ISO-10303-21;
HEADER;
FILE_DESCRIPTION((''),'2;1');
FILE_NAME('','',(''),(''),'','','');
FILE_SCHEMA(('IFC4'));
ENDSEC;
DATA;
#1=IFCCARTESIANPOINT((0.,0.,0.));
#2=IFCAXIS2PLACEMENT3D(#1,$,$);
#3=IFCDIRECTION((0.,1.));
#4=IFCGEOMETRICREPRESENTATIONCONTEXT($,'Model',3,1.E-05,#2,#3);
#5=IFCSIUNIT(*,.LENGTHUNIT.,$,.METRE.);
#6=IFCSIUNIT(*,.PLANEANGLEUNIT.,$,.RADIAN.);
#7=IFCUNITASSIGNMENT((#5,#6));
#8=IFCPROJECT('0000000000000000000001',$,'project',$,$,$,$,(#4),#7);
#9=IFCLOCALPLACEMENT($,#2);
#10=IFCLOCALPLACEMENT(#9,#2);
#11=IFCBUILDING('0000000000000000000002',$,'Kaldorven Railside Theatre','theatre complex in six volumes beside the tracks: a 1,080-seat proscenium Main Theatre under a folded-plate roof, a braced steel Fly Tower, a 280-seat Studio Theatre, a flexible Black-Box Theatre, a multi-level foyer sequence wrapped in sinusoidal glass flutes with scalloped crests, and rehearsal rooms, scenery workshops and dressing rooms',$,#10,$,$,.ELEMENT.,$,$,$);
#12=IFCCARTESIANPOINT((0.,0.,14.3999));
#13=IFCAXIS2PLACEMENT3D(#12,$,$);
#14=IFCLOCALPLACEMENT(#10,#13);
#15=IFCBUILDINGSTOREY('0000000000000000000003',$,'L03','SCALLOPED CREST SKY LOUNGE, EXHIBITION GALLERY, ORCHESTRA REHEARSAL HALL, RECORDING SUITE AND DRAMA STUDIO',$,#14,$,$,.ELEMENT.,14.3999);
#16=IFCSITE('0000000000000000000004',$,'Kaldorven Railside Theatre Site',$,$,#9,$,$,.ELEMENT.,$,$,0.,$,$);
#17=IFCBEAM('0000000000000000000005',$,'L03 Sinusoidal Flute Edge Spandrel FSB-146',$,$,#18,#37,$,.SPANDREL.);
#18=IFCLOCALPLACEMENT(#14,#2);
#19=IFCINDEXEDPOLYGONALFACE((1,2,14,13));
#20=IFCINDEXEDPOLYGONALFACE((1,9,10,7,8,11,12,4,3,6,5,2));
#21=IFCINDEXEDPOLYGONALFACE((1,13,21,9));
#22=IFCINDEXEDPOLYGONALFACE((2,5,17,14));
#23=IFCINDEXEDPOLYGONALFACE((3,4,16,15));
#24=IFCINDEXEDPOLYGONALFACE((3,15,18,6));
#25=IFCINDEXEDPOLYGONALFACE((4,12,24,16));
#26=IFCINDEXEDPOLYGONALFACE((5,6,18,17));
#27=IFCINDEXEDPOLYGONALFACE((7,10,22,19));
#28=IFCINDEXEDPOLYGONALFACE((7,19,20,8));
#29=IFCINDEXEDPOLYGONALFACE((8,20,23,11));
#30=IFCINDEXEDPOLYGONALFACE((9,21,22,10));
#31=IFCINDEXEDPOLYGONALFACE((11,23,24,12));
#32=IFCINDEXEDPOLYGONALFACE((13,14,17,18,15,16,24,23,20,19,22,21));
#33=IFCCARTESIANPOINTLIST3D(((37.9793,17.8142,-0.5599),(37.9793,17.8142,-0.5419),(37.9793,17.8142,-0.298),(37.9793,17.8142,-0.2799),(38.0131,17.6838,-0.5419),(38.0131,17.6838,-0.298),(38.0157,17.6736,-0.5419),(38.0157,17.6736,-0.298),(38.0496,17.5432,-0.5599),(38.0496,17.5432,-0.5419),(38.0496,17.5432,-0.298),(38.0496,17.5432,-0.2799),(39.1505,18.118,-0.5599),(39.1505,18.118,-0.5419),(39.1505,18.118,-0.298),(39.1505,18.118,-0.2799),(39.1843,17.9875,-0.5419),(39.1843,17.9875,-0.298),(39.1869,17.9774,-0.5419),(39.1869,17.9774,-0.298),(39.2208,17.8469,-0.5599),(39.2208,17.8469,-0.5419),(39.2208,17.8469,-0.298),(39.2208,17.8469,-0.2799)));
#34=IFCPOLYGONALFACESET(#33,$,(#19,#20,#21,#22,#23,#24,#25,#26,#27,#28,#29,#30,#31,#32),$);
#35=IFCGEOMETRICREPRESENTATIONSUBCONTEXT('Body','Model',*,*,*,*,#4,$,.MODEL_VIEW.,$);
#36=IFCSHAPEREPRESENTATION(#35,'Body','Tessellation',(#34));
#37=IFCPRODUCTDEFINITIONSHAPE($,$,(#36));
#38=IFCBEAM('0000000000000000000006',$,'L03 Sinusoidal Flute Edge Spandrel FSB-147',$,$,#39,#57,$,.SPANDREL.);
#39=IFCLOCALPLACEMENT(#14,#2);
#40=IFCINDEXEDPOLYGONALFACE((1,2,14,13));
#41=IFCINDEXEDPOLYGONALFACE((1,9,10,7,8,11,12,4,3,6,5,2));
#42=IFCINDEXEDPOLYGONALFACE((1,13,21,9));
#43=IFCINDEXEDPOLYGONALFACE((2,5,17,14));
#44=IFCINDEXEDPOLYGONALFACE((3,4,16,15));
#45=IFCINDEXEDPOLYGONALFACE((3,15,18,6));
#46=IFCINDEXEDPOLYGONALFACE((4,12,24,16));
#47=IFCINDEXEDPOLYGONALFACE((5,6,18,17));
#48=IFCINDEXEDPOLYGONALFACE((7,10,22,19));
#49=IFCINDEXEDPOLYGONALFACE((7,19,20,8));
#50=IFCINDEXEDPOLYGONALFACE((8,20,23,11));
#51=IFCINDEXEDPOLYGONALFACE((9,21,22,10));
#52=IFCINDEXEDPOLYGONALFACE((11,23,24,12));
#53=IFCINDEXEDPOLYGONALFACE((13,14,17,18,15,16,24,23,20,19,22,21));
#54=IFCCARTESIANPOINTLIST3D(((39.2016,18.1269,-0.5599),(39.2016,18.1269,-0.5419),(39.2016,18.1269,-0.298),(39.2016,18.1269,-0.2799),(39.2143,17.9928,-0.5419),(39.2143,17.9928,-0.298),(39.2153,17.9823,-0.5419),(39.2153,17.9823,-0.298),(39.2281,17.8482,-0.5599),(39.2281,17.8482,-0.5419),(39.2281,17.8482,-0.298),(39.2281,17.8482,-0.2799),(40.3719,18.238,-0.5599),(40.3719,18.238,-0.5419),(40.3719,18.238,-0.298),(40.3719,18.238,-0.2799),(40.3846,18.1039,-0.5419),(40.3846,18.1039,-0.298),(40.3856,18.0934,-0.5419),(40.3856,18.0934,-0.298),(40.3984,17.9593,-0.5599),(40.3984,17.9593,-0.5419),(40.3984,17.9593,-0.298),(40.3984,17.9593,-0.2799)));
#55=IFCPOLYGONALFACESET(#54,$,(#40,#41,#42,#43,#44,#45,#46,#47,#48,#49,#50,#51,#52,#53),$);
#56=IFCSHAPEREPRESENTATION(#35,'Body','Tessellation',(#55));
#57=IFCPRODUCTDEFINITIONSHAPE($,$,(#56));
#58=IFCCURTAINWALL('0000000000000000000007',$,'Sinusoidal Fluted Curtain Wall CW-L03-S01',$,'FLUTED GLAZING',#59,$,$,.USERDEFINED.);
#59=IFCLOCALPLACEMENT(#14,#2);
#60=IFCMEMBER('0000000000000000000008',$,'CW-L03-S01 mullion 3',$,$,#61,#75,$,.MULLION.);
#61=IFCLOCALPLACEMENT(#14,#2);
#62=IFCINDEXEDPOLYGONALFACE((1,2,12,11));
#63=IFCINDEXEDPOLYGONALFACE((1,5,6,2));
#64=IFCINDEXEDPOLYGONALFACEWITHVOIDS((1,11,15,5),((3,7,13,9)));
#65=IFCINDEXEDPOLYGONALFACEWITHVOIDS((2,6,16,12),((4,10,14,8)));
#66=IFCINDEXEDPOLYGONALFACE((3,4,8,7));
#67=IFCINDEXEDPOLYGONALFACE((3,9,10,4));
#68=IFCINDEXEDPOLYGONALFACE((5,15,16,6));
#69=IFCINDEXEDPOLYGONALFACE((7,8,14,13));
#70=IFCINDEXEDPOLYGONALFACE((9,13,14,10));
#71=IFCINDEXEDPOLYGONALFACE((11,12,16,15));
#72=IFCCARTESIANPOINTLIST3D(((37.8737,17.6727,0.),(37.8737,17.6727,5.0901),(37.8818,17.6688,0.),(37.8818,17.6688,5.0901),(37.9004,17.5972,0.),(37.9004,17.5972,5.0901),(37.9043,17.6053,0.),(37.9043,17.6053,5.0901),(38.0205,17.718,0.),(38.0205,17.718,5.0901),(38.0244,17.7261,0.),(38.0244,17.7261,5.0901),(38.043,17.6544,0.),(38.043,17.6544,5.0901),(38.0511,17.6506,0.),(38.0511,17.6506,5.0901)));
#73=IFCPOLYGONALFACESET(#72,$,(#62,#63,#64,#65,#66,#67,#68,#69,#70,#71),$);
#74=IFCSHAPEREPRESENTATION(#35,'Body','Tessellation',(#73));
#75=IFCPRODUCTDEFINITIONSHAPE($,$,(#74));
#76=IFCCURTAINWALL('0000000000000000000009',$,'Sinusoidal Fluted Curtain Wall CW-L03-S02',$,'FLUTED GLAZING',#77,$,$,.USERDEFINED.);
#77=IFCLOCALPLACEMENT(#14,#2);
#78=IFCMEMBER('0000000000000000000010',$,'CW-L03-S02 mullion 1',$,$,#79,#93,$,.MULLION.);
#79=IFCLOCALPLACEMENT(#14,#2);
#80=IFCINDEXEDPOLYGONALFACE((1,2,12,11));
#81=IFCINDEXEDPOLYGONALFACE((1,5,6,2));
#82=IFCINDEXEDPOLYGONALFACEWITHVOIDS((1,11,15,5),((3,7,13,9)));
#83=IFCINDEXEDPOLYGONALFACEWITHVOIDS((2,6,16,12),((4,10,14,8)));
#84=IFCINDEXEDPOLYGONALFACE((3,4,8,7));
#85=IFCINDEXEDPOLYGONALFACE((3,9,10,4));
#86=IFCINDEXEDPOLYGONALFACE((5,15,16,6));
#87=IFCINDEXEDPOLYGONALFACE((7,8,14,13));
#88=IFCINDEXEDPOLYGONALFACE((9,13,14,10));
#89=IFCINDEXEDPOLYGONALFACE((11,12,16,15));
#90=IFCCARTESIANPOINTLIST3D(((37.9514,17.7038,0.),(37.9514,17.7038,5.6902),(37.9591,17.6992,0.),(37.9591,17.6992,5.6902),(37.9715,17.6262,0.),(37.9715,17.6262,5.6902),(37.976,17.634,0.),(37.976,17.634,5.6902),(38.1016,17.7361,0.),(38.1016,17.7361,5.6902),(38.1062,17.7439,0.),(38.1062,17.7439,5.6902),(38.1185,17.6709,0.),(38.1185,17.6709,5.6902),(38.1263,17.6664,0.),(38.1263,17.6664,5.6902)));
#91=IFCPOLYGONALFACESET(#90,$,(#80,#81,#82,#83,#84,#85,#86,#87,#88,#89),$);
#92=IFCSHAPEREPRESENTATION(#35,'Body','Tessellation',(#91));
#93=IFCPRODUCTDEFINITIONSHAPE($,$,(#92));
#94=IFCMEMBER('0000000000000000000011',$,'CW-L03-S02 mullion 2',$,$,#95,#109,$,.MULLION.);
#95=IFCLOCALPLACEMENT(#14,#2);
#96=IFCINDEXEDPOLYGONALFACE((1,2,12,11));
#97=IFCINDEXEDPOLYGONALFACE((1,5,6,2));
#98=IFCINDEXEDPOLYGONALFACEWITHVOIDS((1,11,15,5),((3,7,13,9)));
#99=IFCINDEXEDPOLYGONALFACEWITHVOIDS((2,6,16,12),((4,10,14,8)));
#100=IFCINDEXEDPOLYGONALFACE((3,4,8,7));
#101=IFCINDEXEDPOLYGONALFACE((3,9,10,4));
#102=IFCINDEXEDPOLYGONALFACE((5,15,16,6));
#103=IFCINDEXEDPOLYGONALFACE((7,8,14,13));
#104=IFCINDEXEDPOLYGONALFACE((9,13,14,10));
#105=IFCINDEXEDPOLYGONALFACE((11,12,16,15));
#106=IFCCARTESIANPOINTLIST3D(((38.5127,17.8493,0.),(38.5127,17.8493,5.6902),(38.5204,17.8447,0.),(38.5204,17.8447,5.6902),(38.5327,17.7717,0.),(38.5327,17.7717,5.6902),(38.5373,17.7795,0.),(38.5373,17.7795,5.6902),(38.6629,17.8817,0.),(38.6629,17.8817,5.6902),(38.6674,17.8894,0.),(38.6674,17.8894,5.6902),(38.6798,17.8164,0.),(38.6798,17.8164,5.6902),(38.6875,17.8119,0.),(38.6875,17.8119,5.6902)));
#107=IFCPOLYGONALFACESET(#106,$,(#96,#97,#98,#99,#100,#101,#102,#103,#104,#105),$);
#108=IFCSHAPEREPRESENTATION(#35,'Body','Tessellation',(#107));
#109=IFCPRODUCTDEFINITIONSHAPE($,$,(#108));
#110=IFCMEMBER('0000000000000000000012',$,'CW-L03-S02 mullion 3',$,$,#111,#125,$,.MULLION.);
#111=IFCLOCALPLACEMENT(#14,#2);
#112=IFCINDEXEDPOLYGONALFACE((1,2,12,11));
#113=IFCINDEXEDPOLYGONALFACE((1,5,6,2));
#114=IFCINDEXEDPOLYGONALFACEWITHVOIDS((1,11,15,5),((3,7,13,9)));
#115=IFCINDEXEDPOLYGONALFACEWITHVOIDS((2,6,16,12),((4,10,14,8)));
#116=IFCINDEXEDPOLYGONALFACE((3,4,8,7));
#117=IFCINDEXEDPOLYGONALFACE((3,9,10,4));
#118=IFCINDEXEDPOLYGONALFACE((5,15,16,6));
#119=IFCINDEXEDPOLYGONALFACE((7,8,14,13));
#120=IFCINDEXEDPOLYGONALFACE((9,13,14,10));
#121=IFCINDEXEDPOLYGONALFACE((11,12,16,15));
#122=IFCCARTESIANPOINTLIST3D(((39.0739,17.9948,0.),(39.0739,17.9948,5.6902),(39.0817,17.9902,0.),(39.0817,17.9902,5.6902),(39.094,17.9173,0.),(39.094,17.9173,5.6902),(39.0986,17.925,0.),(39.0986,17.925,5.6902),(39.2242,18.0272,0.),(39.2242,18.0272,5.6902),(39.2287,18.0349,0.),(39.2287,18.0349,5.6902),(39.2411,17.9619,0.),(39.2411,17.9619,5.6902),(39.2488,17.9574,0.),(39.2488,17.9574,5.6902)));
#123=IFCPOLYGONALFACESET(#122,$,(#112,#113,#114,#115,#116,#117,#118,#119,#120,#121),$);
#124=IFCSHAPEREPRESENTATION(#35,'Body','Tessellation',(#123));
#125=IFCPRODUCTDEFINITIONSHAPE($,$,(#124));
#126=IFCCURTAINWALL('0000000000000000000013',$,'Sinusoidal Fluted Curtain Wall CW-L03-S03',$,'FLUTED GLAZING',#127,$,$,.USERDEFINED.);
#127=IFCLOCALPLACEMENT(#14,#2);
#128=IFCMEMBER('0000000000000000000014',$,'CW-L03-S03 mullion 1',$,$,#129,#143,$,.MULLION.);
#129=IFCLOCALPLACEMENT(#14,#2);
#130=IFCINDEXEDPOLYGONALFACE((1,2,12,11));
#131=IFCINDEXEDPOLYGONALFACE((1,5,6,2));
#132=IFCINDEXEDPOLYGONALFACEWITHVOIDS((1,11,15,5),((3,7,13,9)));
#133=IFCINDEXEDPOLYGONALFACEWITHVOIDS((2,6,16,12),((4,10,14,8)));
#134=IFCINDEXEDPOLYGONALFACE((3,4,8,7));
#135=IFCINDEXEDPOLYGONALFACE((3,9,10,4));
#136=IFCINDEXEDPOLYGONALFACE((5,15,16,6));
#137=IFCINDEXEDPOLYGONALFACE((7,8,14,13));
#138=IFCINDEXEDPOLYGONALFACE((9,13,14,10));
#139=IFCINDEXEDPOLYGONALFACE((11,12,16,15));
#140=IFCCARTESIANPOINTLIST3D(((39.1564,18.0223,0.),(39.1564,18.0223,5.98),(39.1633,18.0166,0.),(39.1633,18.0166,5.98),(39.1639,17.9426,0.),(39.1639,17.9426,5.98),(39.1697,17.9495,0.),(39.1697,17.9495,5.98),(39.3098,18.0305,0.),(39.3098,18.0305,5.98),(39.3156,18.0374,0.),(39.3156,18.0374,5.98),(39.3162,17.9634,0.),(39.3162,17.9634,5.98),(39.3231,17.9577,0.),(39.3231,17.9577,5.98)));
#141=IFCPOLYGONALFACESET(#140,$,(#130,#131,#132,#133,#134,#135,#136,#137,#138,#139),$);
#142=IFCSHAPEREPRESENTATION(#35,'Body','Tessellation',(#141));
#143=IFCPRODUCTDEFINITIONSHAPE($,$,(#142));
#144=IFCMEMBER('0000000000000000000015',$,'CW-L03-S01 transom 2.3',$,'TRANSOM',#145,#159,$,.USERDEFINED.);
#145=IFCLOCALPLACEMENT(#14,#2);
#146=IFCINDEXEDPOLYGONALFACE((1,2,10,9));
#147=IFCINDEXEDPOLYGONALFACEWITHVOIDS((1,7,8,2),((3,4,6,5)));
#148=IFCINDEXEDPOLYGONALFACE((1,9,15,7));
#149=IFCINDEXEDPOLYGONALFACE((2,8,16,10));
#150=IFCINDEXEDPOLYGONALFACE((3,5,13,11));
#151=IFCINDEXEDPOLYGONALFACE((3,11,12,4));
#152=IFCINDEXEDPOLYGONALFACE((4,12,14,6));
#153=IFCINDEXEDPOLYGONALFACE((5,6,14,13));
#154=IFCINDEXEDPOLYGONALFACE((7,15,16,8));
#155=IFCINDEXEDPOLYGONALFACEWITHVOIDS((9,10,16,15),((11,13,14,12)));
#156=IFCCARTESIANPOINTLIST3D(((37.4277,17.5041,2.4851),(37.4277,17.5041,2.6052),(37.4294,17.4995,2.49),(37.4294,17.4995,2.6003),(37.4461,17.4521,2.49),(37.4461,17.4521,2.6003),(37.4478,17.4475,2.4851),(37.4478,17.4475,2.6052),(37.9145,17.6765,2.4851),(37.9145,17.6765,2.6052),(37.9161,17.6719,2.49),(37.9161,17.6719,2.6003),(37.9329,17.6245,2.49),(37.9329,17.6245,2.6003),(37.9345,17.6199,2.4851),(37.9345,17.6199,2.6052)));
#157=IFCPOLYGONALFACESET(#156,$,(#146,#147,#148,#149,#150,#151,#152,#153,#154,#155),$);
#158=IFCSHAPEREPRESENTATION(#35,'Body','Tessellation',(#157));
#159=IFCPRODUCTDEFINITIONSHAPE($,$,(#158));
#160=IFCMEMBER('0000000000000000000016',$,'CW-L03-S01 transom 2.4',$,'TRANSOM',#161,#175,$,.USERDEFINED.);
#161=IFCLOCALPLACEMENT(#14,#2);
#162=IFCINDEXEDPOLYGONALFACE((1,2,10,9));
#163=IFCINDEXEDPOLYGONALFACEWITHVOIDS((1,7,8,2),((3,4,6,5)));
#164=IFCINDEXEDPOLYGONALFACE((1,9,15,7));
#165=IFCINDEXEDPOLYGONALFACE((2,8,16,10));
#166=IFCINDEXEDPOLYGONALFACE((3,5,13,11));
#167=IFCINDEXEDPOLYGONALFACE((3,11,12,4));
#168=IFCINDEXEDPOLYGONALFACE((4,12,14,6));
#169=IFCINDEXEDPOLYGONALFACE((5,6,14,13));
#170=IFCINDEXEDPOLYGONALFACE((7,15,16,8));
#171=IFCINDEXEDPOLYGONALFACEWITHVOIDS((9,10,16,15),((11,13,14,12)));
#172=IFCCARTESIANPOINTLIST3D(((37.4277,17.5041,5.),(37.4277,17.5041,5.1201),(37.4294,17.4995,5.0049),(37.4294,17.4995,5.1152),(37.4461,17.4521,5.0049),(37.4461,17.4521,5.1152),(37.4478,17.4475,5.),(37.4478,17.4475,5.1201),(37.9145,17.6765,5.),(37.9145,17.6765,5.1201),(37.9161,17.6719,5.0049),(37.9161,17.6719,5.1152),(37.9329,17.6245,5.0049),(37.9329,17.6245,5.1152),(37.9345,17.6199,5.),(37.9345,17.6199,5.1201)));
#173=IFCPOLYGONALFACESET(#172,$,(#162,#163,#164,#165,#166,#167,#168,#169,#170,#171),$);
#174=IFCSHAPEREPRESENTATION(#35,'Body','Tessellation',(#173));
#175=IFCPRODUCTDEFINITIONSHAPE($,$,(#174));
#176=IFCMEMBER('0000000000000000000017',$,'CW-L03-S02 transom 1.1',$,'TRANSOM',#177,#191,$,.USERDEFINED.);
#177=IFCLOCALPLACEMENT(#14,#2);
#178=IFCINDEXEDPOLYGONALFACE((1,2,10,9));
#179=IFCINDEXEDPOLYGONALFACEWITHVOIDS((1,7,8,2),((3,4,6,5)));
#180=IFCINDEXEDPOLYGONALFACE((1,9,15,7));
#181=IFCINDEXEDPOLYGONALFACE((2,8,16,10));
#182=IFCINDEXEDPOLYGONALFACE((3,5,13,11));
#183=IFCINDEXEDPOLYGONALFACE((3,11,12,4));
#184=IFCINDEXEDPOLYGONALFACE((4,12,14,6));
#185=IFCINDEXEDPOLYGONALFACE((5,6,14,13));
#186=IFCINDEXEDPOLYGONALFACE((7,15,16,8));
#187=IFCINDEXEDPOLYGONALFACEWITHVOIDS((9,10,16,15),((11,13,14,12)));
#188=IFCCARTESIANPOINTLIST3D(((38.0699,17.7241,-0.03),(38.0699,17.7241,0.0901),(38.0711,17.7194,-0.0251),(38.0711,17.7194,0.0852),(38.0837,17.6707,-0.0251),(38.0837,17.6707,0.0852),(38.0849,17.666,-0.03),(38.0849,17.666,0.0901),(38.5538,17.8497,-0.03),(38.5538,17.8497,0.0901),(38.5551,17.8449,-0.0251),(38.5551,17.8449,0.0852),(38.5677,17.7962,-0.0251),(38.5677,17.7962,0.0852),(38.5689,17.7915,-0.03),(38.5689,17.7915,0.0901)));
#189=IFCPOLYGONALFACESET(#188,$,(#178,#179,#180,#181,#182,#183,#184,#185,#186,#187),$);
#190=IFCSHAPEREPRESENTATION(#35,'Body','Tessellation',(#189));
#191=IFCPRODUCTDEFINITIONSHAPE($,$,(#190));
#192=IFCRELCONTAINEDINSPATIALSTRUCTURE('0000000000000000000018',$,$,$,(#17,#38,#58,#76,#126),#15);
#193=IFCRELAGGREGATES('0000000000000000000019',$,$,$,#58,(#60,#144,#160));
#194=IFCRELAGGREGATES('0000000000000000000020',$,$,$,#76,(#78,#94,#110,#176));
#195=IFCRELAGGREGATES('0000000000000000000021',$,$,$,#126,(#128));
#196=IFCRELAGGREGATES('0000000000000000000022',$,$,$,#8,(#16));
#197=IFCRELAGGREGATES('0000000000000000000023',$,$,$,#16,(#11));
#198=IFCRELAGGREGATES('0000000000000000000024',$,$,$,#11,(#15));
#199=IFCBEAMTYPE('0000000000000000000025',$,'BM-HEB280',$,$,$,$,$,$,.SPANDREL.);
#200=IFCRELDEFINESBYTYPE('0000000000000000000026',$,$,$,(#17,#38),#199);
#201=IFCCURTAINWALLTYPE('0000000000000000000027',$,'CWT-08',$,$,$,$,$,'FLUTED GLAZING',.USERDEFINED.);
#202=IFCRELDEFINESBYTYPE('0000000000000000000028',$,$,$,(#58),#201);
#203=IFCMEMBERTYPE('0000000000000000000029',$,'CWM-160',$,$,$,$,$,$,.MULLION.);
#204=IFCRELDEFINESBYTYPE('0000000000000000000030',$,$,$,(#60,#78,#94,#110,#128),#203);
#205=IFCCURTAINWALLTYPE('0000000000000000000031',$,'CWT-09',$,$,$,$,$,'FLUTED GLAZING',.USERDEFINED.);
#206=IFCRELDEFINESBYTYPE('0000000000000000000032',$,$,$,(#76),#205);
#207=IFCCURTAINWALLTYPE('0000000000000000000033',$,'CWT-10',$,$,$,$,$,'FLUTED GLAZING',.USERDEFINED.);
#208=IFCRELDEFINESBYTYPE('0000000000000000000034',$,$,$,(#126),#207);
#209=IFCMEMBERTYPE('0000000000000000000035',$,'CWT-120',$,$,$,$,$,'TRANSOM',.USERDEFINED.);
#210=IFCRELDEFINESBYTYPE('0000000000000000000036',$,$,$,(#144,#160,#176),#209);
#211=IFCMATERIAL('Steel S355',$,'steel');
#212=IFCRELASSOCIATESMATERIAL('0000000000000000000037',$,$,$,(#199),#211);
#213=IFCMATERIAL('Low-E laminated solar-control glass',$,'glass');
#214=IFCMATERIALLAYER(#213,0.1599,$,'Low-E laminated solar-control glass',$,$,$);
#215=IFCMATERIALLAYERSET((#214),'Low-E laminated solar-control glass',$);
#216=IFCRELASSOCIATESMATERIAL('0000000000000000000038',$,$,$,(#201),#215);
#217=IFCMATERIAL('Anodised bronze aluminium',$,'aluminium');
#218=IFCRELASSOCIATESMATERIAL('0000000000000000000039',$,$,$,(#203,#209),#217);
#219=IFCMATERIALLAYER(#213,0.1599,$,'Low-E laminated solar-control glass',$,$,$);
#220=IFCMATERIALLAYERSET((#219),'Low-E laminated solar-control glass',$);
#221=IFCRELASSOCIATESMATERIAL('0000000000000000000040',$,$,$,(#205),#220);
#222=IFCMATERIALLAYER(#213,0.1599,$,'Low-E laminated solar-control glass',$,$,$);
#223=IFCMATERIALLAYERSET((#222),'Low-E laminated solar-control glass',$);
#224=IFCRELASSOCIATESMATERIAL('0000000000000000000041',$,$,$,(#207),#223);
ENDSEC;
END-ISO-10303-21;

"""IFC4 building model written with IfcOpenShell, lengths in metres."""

from ifc_helpers import new_model, si_unit, direction, frame, origin, origin_2d, place, context, subcontext, project, spatial, hollow_rectangle, i_section, extrude, material, layer, layer_set, material_profile, profile_set, type_object, element, aggregate, save


model = new_model("IFC4")

# Units and contexts
model_context = context("Model", 3, precision=1e-05, world=origin(), true_north=direction((0.0, 1.0)))
body_context = subcontext(model_context, "Body", "Model", "MODEL_VIEW")
ifc_project = project(units=[si_unit("LENGTHUNIT", "METRE"), si_unit("PLANEANGLEUNIT", "RADIAN")], contexts=[model_context])

# Site, building, storey
site_placement = place(None, origin())
site = spatial("IfcSite", under=ifc_project, at=site_placement, Name="Kaldorven Railside Theatre Site", CompositionType="ELEMENT", RefElevation=0.0)
building_placement = place(site_placement, origin())
building = spatial("IfcBuilding", under=site, at=building_placement, Name="Kaldorven Railside Theatre", Description="theatre complex in six volumes beside the tracks: a 1,080-seat proscenium Main Theatre under a folded-plate roof, a braced steel Fly Tower, a 280-seat Studio Theatre, a flexible Black-Box Theatre, a multi-level foyer sequence wrapped in sinusoidal glass flutes with scalloped crests, and rehearsal rooms, scenery workshops and dressing rooms", CompositionType="ELEMENT")
storey_placement = place(building_placement, frame((0.0, 0.0, 14.3999)))
storey = spatial("IfcBuildingStorey", under=building, at=storey_placement, Name="L03", Description="SCALLOPED CREST SKY LOUNGE, EXHIBITION GALLERY, ORCHESTRA REHEARSAL HALL, RECORDING SUITE AND DRAMA STUDIO", CompositionType="ELEMENT", Elevation=14.3999)

# Beams
ifc_material_1 = material(Name="Steel S355", Category="steel")
ifc_material_profile_1 = material_profile(ifc_material_1, i_section(OverallWidth=0.28, OverallDepth=0.28, WebThickness=0.0105, FlangeThickness=0.0181, at=origin_2d()), Name="HEB 280")
ifc_profile_set_1 = profile_set([ifc_material_profile_1], Name="Steel S355")
beam_type = type_object("IfcBeamType", Name="BM-HEB280", PredefinedType="SPANDREL", material=ifc_profile_set_1)
beam_1_placement = place(storey_placement, frame((38.0144, 17.6787, -0.4199), z_axis=(0.967981, 0.251025, 0.0), x_axis=(-0.251025, 0.967981, 0.0)))
element("IfcBeam", 1, at=beam_1_placement, inside=storey, type_object=beam_type, Name="L03 Sinusoidal Flute Edge Spandrel FSB-146", PredefinedType="SPANDREL", context=body_context, shape_type="SweptSolid", body=[
    extrude(i_section(OverallWidth=0.28, OverallDepth=0.28, WebThickness=0.0105, FlangeThickness=0.0181, at=origin_2d()), origin(), (0.0, 0.0, 1.0), 1.21),
])
beam_2_placement = place(storey_placement, frame((39.2148, 17.9875, -0.4199), z_axis=(0.995524, 0.094505, 0.0), x_axis=(-0.094505, 0.995524, 0.0)))
element("IfcBeam", 2, at=beam_2_placement, inside=storey, type_object=beam_type, Name="L03 Sinusoidal Flute Edge Spandrel FSB-147", PredefinedType="SPANDREL", context=body_context, shape_type="SweptSolid", body=[
    extrude(i_section(OverallWidth=0.28, OverallDepth=0.28, WebThickness=0.0105, FlangeThickness=0.0181, at=origin_2d()), origin(), (0.0, 0.0, 1.0), 1.1755),
])

# Curtain wall, member
ifc_material_2 = material(Name="Low-E laminated solar-control glass", Category="glass")
ifc_layer_1 = layer(ifc_material_2, 0.1599, Name="Low-E laminated solar-control glass")
ifc_layer_set_1 = layer_set([ifc_layer_1], Name="Low-E laminated solar-control glass")
curtain_wall_type_1 = type_object("IfcCurtainWallType", Name="CWT-08", ElementType="FLUTED GLAZING", PredefinedType="USERDEFINED", material=ifc_layer_set_1)
curtain_wall_1_placement = place(storey_placement, origin())
curtain_wall_1 = element("IfcCurtainWall", 3, at=curtain_wall_1_placement, inside=storey, type_object=curtain_wall_type_1, Name="Sinusoidal Fluted Curtain Wall CW-L03-S01", ObjectType="FLUTED GLAZING", PredefinedType="USERDEFINED")
ifc_material_3 = material(Name="Anodised bronze aluminium", Category="aluminium")
ifc_material_profile_2 = material_profile(ifc_material_3, hollow_rectangle(XDim=0.0801, YDim=0.1599, WallThickness=0.0063, at=origin_2d()), Name="RHS 160x80x6.3")
ifc_profile_set_2 = profile_set([ifc_material_profile_2], Name="Anodised bronze aluminium")
member_type_1 = type_object("IfcMemberType", Name="CWM-160", PredefinedType="MULLION", material=ifc_profile_set_2)
member_1_placement = place(storey_placement, frame((37.9624, 17.6616, 0.0), z_axis=(0.0, 0.0, 1.0), x_axis=(-0.333847, 0.942627, 0.0)))
member_1 = element("IfcMember", 4, at=member_1_placement, type_object=member_type_1, Name="CW-L03-S01 mullion 3", PredefinedType="MULLION", context=body_context, shape_type="SweptSolid", body=[
    extrude(hollow_rectangle(XDim=0.0801, YDim=0.1599, WallThickness=0.0063, at=origin_2d()), origin(), (0.0, 0.0, 1.0), 5.0901),
])

# Curtain wall, members
ifc_layer_2 = layer(ifc_material_2, 0.1599, Name="Low-E laminated solar-control glass")
ifc_layer_set_2 = layer_set([ifc_layer_2], Name="Low-E laminated solar-control glass")
curtain_wall_type_2 = type_object("IfcCurtainWallType", Name="CWT-09", ElementType="FLUTED GLAZING", PredefinedType="USERDEFINED", material=ifc_layer_set_2)
curtain_wall_2_placement = place(storey_placement, origin())
curtain_wall_2 = element("IfcCurtainWall", 5, at=curtain_wall_2_placement, inside=storey, type_object=curtain_wall_type_2, Name="Sinusoidal Fluted Curtain Wall CW-L03-S02", ObjectType="FLUTED GLAZING", PredefinedType="USERDEFINED")
member_2_placement = place(storey_placement, frame((38.0388, 17.6851, 0.0), z_axis=(0.0, 0.0, 1.0), x_axis=(-0.250954, 0.967999, 0.0)))
member_2 = element("IfcMember", 6, at=member_2_placement, type_object=member_type_1, Name="CW-L03-S02 mullion 1", PredefinedType="MULLION", context=body_context, shape_type="SweptSolid", body=[
    extrude(hollow_rectangle(XDim=0.0801, YDim=0.1599, WallThickness=0.0063, at=origin_2d()), origin(), (0.0, 0.0, 1.0), 5.6902),
])
member_3_placement = place(storey_placement, frame((38.6001, 17.8306, 0.0), z_axis=(0.0, 0.0, 1.0), x_axis=(-0.250954, 0.967999, 0.0)))
member_3 = element("IfcMember", 7, at=member_3_placement, type_object=member_type_1, Name="CW-L03-S02 mullion 2", PredefinedType="MULLION", context=body_context, shape_type="SweptSolid", body=[
    extrude(hollow_rectangle(XDim=0.0801, YDim=0.1599, WallThickness=0.0063, at=origin_2d()), origin(), (0.0, 0.0, 1.0), 5.6902),
])
member_4_placement = place(storey_placement, frame((39.1614, 17.9761, 0.0), z_axis=(0.0, 0.0, 1.0), x_axis=(-0.250954, 0.967999, 0.0)))
member_4 = element("IfcMember", 8, at=member_4_placement, type_object=member_type_1, Name="CW-L03-S02 mullion 3", PredefinedType="MULLION", context=body_context, shape_type="SweptSolid", body=[
    extrude(hollow_rectangle(XDim=0.0801, YDim=0.1599, WallThickness=0.0063, at=origin_2d()), origin(), (0.0, 0.0, 1.0), 5.6902),
])

# Curtain wall, member
ifc_layer_3 = layer(ifc_material_2, 0.1599, Name="Low-E laminated solar-control glass")
ifc_layer_set_3 = layer_set([ifc_layer_3], Name="Low-E laminated solar-control glass")
curtain_wall_type_3 = type_object("IfcCurtainWallType", Name="CWT-10", ElementType="FLUTED GLAZING", PredefinedType="USERDEFINED", material=ifc_layer_set_3)
curtain_wall_3_placement = place(storey_placement, origin())
curtain_wall_3 = element("IfcCurtainWall", 9, at=curtain_wall_3_placement, inside=storey, type_object=curtain_wall_type_3, Name="Sinusoidal Fluted Curtain Wall CW-L03-S03", ObjectType="FLUTED GLAZING", PredefinedType="USERDEFINED")
member_5_placement = place(storey_placement, frame((39.2397, 17.99, 0.0), z_axis=(0.0, 0.0, 1.0), x_axis=(-0.094492, 0.995526, 0.0)))
member_5 = element("IfcMember", 10, at=member_5_placement, type_object=member_type_1, Name="CW-L03-S03 mullion 1", PredefinedType="MULLION", context=body_context, shape_type="SweptSolid", body=[
    extrude(hollow_rectangle(XDim=0.0801, YDim=0.1599, WallThickness=0.0063, at=origin_2d()), origin(), (0.0, 0.0, 1.0), 5.98),
])

# Members
ifc_material_profile_3 = material_profile(ifc_material_3, hollow_rectangle(XDim=0.0601, YDim=0.1201, WallThickness=0.0049, at=origin_2d()), Name="RHS 120x60x5")
ifc_profile_set_3 = profile_set([ifc_material_profile_3], Name="Anodised bronze aluminium")
member_type_2 = type_object("IfcMemberType", Name="CWT-120", ElementType="TRANSOM", PredefinedType="USERDEFINED", material=ifc_profile_set_3)
member_6_placement = place(storey_placement, frame((37.4377, 17.4758, 2.5452), z_axis=(0.942658, 0.33376, 0.0), x_axis=(-0.33376, 0.942658, 0.0)))
member_6 = element("IfcMember", 11, at=member_6_placement, type_object=member_type_2, Name="CW-L03-S01 transom 2.3", ObjectType="TRANSOM", PredefinedType="USERDEFINED", context=body_context, shape_type="SweptSolid", body=[
    extrude(hollow_rectangle(XDim=0.0601, YDim=0.1201, WallThickness=0.0049, at=origin_2d()), origin(), (0.0, 0.0, 1.0), 0.5164),
])
member_7_placement = place(storey_placement, frame((37.4377, 17.4758, 5.0601), z_axis=(0.942658, 0.33376, 0.0), x_axis=(-0.33376, 0.942658, 0.0)))
member_7 = element("IfcMember", 12, at=member_7_placement, type_object=member_type_2, Name="CW-L03-S01 transom 2.4", ObjectType="TRANSOM", PredefinedType="USERDEFINED", context=body_context, shape_type="SweptSolid", body=[
    extrude(hollow_rectangle(XDim=0.0601, YDim=0.1201, WallThickness=0.0049, at=origin_2d()), origin(), (0.0, 0.0, 1.0), 0.5164),
])
member_8_placement = place(storey_placement, frame((38.0774, 17.6951, 0.03), z_axis=(0.967979, 0.25103, 0.0), x_axis=(-0.25103, 0.967979, 0.0)))
member_8 = element("IfcMember", 13, at=member_8_placement, type_object=member_type_2, Name="CW-L03-S02 transom 1.1", ObjectType="TRANSOM", PredefinedType="USERDEFINED", context=body_context, shape_type="SweptSolid", body=[
    extrude(hollow_rectangle(XDim=0.0601, YDim=0.1201, WallThickness=0.0049, at=origin_2d()), origin(), (0.0, 0.0, 1.0), 0.5),
])

aggregate(curtain_wall_1, [member_1, member_6, member_7])
aggregate(curtain_wall_2, [member_2, member_3, member_4, member_8])
aggregate(curtain_wall_3, [member_5])

save(model, "model.ifc")
